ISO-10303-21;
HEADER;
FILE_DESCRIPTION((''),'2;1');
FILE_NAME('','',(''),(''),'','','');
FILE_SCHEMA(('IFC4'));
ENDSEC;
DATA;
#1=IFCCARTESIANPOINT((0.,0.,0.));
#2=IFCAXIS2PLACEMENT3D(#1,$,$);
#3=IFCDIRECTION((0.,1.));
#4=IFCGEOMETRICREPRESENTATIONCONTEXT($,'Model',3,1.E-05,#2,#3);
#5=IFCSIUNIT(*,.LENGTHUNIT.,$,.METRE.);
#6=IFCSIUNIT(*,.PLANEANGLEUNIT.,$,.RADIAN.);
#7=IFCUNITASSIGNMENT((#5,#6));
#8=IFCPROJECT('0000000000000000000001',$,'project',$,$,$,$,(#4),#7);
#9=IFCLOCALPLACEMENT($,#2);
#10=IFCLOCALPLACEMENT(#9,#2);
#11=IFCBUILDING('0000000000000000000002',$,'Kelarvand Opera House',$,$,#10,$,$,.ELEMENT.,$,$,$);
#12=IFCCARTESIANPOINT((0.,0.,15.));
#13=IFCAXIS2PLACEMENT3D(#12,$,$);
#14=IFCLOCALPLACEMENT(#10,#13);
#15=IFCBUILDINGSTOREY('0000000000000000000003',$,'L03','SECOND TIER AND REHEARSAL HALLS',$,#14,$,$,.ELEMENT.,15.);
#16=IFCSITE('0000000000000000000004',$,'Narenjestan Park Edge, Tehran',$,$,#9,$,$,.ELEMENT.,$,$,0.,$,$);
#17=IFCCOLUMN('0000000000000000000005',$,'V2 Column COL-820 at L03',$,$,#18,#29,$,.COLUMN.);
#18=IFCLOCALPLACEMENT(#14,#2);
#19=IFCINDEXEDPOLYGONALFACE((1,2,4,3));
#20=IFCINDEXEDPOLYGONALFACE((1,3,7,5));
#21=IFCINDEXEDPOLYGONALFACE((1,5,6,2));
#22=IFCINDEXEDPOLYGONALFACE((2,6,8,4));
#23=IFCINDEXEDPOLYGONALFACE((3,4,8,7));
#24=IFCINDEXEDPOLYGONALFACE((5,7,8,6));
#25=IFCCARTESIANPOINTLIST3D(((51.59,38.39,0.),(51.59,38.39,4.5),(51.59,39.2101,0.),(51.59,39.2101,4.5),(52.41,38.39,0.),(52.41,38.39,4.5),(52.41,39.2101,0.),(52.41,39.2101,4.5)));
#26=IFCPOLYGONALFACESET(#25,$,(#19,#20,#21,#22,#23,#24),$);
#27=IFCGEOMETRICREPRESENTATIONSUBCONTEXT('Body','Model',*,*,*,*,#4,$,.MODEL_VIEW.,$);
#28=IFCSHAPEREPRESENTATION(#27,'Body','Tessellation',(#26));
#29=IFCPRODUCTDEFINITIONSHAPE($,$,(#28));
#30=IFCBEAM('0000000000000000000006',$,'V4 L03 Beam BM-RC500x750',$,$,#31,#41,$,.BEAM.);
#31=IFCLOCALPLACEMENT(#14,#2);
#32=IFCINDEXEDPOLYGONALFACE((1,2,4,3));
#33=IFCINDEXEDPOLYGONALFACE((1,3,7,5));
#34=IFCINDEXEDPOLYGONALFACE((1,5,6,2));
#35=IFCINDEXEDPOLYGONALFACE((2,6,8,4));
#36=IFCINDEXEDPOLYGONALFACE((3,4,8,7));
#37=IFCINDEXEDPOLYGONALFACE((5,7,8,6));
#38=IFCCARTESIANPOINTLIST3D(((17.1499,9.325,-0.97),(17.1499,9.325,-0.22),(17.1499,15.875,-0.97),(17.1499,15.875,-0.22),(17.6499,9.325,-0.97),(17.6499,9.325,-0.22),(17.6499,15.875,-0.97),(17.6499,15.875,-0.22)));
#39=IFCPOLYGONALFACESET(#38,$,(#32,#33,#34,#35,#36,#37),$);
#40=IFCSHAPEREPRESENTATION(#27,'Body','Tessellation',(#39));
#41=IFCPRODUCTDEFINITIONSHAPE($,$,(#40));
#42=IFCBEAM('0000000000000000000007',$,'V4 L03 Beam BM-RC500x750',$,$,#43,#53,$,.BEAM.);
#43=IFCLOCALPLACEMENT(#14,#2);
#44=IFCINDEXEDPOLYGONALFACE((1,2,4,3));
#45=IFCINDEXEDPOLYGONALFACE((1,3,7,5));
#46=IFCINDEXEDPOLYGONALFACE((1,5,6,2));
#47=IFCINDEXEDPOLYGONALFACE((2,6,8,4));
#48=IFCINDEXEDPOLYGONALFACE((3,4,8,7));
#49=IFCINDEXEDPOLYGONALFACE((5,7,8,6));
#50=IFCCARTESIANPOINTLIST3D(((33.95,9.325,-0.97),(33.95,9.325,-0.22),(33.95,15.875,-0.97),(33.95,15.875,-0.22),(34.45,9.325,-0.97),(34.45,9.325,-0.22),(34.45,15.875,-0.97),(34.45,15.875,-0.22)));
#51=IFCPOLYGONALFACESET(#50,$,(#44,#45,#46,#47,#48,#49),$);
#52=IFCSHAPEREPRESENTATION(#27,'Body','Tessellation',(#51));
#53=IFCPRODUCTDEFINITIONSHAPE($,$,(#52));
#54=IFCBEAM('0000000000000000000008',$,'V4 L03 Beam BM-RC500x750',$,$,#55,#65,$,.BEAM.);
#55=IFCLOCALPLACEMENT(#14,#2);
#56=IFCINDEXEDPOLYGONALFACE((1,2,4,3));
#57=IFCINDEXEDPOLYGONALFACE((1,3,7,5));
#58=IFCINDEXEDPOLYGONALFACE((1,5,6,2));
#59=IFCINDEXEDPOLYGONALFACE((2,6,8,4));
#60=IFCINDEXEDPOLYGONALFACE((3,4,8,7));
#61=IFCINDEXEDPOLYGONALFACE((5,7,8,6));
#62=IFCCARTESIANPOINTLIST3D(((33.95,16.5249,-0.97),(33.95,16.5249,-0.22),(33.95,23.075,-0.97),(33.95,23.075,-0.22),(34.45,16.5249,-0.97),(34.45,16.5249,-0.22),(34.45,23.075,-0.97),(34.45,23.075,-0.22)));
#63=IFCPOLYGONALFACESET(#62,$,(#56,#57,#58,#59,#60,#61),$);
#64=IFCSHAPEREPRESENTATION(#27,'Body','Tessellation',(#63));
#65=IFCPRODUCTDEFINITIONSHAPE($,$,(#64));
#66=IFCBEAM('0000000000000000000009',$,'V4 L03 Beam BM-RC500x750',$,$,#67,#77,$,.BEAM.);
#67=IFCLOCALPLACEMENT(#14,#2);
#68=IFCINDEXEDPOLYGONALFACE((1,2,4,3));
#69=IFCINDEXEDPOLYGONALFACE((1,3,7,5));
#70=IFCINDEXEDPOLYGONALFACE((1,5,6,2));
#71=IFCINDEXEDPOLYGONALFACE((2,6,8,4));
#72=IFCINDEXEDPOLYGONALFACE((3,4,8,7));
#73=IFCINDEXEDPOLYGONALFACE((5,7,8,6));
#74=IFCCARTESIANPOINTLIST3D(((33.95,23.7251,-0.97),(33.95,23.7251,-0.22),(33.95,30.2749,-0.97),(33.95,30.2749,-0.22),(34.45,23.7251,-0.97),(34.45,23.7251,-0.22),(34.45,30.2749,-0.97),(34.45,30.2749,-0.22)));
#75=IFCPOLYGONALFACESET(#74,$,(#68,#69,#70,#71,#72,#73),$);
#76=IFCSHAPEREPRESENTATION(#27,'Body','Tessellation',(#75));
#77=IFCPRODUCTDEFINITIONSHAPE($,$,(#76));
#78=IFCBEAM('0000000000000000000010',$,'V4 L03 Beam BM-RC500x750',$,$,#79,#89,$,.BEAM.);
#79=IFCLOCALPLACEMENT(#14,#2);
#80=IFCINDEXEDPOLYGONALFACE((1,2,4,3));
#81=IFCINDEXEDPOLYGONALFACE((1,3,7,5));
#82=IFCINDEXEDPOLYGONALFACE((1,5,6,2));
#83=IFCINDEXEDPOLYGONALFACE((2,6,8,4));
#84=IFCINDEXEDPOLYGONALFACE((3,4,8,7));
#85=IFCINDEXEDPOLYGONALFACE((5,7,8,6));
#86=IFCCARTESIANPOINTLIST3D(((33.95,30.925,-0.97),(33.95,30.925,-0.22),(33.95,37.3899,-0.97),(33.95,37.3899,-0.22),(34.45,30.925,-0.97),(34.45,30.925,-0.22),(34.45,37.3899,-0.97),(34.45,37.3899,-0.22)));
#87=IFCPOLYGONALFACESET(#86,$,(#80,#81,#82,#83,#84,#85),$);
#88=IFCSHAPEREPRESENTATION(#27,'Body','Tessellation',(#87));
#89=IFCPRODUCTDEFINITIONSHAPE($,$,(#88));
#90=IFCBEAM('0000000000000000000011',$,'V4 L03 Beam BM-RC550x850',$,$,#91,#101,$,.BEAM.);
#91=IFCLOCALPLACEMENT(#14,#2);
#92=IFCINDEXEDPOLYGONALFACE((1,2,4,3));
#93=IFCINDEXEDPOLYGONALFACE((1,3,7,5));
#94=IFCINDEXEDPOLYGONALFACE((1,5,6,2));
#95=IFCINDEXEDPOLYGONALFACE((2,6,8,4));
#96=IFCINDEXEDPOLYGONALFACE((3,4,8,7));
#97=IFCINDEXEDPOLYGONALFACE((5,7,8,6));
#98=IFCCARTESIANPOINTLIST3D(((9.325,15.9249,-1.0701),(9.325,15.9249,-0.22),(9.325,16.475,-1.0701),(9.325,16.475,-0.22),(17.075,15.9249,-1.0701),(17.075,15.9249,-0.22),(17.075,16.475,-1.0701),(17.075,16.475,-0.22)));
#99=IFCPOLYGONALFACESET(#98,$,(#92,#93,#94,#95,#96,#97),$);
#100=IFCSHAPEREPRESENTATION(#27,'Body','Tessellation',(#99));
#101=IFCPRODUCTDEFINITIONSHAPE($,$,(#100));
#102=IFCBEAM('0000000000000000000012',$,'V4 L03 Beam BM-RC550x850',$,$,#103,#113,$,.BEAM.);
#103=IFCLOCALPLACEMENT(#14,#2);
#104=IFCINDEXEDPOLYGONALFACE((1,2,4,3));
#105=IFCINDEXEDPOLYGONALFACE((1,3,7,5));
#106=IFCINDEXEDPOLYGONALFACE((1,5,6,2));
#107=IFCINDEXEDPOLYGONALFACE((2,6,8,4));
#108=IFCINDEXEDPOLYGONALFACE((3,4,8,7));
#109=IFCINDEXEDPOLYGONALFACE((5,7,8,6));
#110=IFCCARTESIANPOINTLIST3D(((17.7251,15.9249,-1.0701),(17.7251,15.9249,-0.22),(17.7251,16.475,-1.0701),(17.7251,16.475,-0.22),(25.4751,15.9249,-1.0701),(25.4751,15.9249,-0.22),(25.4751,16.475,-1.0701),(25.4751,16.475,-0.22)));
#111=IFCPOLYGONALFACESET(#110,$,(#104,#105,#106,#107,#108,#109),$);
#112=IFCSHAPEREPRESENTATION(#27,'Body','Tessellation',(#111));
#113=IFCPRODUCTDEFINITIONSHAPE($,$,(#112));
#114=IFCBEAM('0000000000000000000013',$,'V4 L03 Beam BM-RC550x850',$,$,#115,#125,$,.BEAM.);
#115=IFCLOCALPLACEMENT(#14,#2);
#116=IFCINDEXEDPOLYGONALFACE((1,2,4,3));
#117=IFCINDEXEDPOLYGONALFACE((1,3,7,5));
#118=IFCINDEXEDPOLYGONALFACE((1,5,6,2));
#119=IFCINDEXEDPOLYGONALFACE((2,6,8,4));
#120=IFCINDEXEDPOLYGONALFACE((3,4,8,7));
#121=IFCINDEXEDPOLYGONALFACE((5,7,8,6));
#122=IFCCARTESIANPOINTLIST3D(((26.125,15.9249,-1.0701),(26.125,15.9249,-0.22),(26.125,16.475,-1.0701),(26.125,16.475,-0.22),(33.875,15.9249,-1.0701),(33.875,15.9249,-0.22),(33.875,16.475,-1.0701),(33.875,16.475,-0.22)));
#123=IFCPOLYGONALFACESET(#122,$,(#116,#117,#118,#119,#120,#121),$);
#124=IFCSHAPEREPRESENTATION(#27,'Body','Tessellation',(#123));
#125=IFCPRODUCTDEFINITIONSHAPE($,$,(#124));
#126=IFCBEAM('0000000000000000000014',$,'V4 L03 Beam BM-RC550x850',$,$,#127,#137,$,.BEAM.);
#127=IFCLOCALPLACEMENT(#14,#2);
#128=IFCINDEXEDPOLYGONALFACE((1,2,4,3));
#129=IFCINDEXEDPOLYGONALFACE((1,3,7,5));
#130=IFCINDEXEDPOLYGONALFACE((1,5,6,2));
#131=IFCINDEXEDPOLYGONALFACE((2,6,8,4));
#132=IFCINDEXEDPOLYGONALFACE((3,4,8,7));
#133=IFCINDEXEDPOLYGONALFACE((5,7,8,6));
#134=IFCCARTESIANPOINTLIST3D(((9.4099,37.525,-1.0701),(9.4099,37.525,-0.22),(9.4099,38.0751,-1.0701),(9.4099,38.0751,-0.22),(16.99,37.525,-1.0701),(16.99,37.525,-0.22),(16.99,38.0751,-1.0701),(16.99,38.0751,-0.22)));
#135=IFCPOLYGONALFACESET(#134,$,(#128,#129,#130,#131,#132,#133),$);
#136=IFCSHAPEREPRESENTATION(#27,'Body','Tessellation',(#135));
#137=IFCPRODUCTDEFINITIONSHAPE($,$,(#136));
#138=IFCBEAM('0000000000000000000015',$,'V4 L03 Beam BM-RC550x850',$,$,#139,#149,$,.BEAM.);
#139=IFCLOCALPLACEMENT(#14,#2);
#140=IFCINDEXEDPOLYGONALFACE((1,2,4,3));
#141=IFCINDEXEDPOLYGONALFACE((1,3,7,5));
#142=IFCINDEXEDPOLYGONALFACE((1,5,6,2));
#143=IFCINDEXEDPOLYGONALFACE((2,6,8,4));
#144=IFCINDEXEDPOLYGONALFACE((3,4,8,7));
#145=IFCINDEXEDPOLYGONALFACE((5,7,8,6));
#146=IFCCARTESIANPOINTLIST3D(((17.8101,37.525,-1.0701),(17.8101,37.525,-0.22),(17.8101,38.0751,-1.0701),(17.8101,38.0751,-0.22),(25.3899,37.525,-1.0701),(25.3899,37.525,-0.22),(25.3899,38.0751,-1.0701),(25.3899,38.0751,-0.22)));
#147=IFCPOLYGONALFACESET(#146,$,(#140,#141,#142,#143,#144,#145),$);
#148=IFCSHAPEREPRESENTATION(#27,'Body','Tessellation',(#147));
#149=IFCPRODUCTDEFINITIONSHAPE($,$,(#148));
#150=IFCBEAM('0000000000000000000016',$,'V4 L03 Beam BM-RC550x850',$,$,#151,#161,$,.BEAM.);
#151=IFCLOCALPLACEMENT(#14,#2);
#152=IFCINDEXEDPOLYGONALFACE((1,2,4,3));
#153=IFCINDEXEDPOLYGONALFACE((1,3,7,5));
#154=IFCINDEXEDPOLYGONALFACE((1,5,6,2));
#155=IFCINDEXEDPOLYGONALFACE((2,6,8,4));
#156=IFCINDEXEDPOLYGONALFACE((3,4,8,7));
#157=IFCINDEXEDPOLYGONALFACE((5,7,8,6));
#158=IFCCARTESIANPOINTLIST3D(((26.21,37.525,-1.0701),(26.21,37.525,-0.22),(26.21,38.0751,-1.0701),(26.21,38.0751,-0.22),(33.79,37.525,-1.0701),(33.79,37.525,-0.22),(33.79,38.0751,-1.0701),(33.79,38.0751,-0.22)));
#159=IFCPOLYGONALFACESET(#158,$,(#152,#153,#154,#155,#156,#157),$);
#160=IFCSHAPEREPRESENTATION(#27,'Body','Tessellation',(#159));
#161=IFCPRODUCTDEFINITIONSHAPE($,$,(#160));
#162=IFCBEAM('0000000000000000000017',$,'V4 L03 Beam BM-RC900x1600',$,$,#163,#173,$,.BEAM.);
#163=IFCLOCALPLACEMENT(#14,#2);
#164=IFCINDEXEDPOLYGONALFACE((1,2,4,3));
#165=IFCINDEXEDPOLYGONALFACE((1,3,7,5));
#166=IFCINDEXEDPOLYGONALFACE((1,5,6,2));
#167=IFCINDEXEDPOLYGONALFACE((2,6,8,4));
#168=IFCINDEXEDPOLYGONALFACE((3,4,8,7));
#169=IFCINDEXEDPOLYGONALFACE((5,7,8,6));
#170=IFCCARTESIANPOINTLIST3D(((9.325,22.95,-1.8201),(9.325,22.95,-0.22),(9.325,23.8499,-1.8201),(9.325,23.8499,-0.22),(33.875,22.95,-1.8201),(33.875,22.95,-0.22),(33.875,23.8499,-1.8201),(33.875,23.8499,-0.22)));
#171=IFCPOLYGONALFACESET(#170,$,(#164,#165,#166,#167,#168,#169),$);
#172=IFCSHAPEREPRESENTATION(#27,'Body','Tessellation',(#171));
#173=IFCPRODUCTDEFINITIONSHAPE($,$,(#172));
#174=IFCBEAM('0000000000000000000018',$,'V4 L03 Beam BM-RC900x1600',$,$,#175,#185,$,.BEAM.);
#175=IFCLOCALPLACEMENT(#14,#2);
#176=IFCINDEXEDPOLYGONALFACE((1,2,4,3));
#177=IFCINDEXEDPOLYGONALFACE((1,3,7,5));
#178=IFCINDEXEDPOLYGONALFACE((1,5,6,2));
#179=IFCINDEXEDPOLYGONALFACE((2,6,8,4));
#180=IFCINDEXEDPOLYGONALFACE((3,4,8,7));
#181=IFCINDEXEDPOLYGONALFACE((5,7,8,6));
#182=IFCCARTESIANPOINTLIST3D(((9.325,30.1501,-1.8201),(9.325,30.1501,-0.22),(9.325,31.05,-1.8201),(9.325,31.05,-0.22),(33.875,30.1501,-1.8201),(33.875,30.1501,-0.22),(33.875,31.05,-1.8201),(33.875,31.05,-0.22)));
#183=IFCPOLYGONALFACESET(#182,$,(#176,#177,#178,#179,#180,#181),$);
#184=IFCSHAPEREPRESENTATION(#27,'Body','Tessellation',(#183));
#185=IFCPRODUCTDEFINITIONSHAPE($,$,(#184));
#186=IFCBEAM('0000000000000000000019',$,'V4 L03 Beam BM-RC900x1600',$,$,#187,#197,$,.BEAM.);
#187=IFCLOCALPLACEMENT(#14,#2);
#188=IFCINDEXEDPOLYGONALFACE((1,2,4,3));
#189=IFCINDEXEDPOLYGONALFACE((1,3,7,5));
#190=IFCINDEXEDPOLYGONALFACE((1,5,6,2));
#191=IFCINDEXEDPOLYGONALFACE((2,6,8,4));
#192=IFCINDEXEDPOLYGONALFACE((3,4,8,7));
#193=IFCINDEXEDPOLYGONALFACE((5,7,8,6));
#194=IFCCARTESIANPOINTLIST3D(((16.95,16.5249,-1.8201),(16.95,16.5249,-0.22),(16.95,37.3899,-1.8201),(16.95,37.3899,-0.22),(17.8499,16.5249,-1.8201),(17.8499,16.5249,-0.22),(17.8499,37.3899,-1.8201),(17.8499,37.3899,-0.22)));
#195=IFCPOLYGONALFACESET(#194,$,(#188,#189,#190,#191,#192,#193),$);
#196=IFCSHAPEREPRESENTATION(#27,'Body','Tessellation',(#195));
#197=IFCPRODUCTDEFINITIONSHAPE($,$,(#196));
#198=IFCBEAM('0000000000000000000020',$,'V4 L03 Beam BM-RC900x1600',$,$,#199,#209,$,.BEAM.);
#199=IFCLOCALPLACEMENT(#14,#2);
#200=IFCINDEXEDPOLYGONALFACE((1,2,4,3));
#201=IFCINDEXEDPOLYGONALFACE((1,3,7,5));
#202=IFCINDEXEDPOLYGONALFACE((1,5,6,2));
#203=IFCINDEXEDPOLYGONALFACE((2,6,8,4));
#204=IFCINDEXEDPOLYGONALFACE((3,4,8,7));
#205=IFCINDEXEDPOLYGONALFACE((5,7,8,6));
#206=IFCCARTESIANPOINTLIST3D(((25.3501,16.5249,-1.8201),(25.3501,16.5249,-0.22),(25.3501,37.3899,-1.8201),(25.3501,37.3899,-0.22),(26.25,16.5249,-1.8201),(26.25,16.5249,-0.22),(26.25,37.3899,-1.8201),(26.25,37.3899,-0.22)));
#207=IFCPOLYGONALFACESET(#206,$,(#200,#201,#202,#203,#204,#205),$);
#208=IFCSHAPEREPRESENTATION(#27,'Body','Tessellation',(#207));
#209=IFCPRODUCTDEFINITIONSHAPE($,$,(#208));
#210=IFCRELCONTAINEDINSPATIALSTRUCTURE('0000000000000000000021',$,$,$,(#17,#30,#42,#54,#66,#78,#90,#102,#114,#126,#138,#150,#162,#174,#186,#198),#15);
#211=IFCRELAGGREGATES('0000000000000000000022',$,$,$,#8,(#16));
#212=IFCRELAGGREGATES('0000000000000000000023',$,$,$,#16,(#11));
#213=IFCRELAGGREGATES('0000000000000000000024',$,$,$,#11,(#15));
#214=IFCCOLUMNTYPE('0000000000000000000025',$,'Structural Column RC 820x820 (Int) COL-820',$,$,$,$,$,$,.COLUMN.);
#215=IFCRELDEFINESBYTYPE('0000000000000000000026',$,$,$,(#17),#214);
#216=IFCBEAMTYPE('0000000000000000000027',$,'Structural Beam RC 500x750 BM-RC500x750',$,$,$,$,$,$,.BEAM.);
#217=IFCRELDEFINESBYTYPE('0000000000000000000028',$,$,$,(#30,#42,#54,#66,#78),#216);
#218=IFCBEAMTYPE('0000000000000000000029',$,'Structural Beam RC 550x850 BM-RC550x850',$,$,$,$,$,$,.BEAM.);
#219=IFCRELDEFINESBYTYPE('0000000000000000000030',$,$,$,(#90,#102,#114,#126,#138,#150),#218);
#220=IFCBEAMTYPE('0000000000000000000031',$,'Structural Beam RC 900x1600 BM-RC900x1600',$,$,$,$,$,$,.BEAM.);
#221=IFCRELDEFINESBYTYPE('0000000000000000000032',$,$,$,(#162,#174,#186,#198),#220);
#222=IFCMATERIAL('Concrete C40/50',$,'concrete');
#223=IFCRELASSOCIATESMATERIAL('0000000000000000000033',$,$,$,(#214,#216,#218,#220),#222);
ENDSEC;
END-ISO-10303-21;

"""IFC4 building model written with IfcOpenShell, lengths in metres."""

from ifc_helpers import new_model, si_unit, direction, frame, origin, origin_2d, place, context, subcontext, project, spatial, rectangle, extrude, material, material_profile, profile_set, type_object, element, save


model = new_model("IFC4")

# Units and contexts
model_context = context("Model", 3, precision=1e-05, world=origin(), true_north=direction((0.0, 1.0)))
body_context = subcontext(model_context, "Body", "Model", "MODEL_VIEW")
ifc_project = project(units=[si_unit("LENGTHUNIT", "METRE"), si_unit("PLANEANGLEUNIT", "RADIAN")], contexts=[model_context])

# Site, building, storey
site_placement = place(None, origin())
site = spatial("IfcSite", under=ifc_project, at=site_placement, Name="Narenjestan Park Edge, Tehran", CompositionType="ELEMENT", RefElevation=0.0)
building_placement = place(site_placement, origin())
building = spatial("IfcBuilding", under=site, at=building_placement, Name="Kelarvand Opera House", CompositionType="ELEMENT")
storey_placement = place(building_placement, frame((0.0, 0.0, 15.0)))
storey = spatial("IfcBuildingStorey", under=building, at=storey_placement, Name="L03", Description="SECOND TIER AND REHEARSAL HALLS", CompositionType="ELEMENT", Elevation=15.0)

# Column
ifc_material_1 = material(Name="Concrete C40/50", Category="concrete")
ifc_material_profile_1 = material_profile(ifc_material_1, rectangle(XDim=0.8201, YDim=0.8201, at=origin_2d()), Name="RC 820x820", Category="concrete")
ifc_profile_set_1 = profile_set([ifc_material_profile_1], Name="Concrete C40/50")
column_type = type_object("IfcColumnType", Name="Structural Column RC 820x820 (Int) COL-820", PredefinedType="COLUMN", material=ifc_profile_set_1)
column_placement = place(storey_placement, frame((52.0, 38.8, 0.0), z_axis=(0.0, 0.0, 1.0), x_axis=(1.0, 0.0, 0.0)))
element("IfcColumn", 1, at=column_placement, inside=storey, type_object=column_type, Name="V2 Column COL-820 at L03", PredefinedType="COLUMN", context=body_context, shape_type="SweptSolid", body=[
    extrude(rectangle(XDim=0.8201, YDim=0.8201, at=origin_2d()), origin(), (0.0, 0.0, 1.0), 4.5),
])

# Beams
ifc_material_profile_2 = material_profile(ifc_material_1, rectangle(XDim=0.5, YDim=0.75, at=origin_2d()), Name="RC 500x750", Category="concrete")
ifc_profile_set_2 = profile_set([ifc_material_profile_2], Name="Concrete C40/50")
beam_type_1 = type_object("IfcBeamType", Name="Structural Beam RC 500x750 BM-RC500x750", PredefinedType="BEAM", material=ifc_profile_set_2)
for number, where, z_axis, x_axis, name in (
    (2, (17.3999, 9.325, -0.595), (0.0, 1.0, 0.0), (-1.0, 0.0, 0.0), "V4 L03 Beam BM-RC500x750"),
    (3, (34.2, 9.325, -0.595), (0.0, 1.0, 0.0), (-1.0, 0.0, 0.0), "V4 L03 Beam BM-RC500x750"),
    (4, (34.2, 16.5249, -0.595), (0.0, 1.0, 0.0), (-1.0, 0.0, 0.0), "V4 L03 Beam BM-RC500x750"),
):
    element("IfcBeam", number, at=place(storey_placement, frame(where, z_axis=z_axis, x_axis=x_axis)), inside=storey, type_object=beam_type_1, Name=name, PredefinedType="BEAM", context=body_context, shape_type="SweptSolid", body=[
        extrude(rectangle(XDim=0.5, YDim=0.75, at=origin_2d()), origin(), (0.0, 0.0, 1.0), 6.55),
    ])
beam_1_placement = place(storey_placement, frame((34.2, 23.7251, -0.595), z_axis=(0.0, 1.0, 0.0), x_axis=(-1.0, 0.0, 0.0)))
element("IfcBeam", 5, at=beam_1_placement, inside=storey, type_object=beam_type_1, Name="V4 L03 Beam BM-RC500x750", PredefinedType="BEAM", context=body_context, shape_type="SweptSolid", body=[
    extrude(rectangle(XDim=0.5, YDim=0.75, at=origin_2d()), origin(), (0.0, 0.0, 1.0), 6.5498),
])
beam_2_placement = place(storey_placement, frame((34.2, 30.925, -0.595), z_axis=(0.0, 1.0, 0.0), x_axis=(-1.0, 0.0, 0.0)))
element("IfcBeam", 6, at=beam_2_placement, inside=storey, type_object=beam_type_1, Name="V4 L03 Beam BM-RC500x750", PredefinedType="BEAM", context=body_context, shape_type="SweptSolid", body=[
    extrude(rectangle(XDim=0.5, YDim=0.75, at=origin_2d()), origin(), (0.0, 0.0, 1.0), 6.4648),
])
ifc_material_profile_3 = material_profile(ifc_material_1, rectangle(XDim=0.55, YDim=0.8501, at=origin_2d()), Name="RC 550x850", Category="concrete")
ifc_profile_set_3 = profile_set([ifc_material_profile_3], Name="Concrete C40/50")
beam_type_2 = type_object("IfcBeamType", Name="Structural Beam RC 550x850 BM-RC550x850", PredefinedType="BEAM", material=ifc_profile_set_3)
for number, where, z_axis, x_axis, name in (
    (7, (9.325, 16.2, -0.645), (1.0, 0.0, 0.0), (0.0, 1.0, 0.0), "V4 L03 Beam BM-RC550x850"),
    (8, (17.7251, 16.2, -0.645), (1.0, 0.0, 0.0), (0.0, 1.0, 0.0), "V4 L03 Beam BM-RC550x850"),
    (9, (26.125, 16.2, -0.645), (1.0, 0.0, 0.0), (0.0, 1.0, 0.0), "V4 L03 Beam BM-RC550x850"),
):
    element("IfcBeam", number, at=place(storey_placement, frame(where, z_axis=z_axis, x_axis=x_axis)), inside=storey, type_object=beam_type_2, Name=name, PredefinedType="BEAM", context=body_context, shape_type="SweptSolid", body=[
        extrude(rectangle(XDim=0.55, YDim=0.8501, at=origin_2d()), origin(), (0.0, 0.0, 1.0), 7.75),
    ])
beam_3_placement = place(storey_placement, frame((9.4099, 37.8, -0.645), z_axis=(1.0, 0.0, 0.0), x_axis=(0.0, 1.0, 0.0)))
element("IfcBeam", 10, at=beam_3_placement, inside=storey, type_object=beam_type_2, Name="V4 L03 Beam BM-RC550x850", PredefinedType="BEAM", context=body_context, shape_type="SweptSolid", body=[
    extrude(rectangle(XDim=0.55, YDim=0.8501, at=origin_2d()), origin(), (0.0, 0.0, 1.0), 7.5801),
])
beam_4_placement = place(storey_placement, frame((17.8101, 37.8, -0.645), z_axis=(1.0, 0.0, 0.0), x_axis=(0.0, 1.0, 0.0)))
element("IfcBeam", 11, at=beam_4_placement, inside=storey, type_object=beam_type_2, Name="V4 L03 Beam BM-RC550x850", PredefinedType="BEAM", context=body_context, shape_type="SweptSolid", body=[
    extrude(rectangle(XDim=0.55, YDim=0.8501, at=origin_2d()), origin(), (0.0, 0.0, 1.0), 7.5798),
])
beam_5_placement = place(storey_placement, frame((26.21, 37.8, -0.645), z_axis=(1.0, 0.0, 0.0), x_axis=(0.0, 1.0, 0.0)))
element("IfcBeam", 12, at=beam_5_placement, inside=storey, type_object=beam_type_2, Name="V4 L03 Beam BM-RC550x850", PredefinedType="BEAM", context=body_context, shape_type="SweptSolid", body=[
    extrude(rectangle(XDim=0.55, YDim=0.8501, at=origin_2d()), origin(), (0.0, 0.0, 1.0), 7.5801),
])
ifc_material_profile_4 = material_profile(ifc_material_1, rectangle(XDim=0.8999, YDim=1.6001, at=origin_2d()), Name="RC 900x1600", Category="concrete")
ifc_profile_set_4 = profile_set([ifc_material_profile_4], Name="Concrete C40/50")
beam_type_3 = type_object("IfcBeamType", Name="Structural Beam RC 900x1600 BM-RC900x1600", PredefinedType="BEAM", material=ifc_profile_set_4)
for number, where, z_axis, x_axis, name in (
    (13, (9.325, 23.3999, -1.02), (1.0, 0.0, 0.0), (0.0, 1.0, 0.0), "V4 L03 Beam BM-RC900x1600"),
    (14, (9.325, 30.6001, -1.02), (1.0, 0.0, 0.0), (0.0, 1.0, 0.0), "V4 L03 Beam BM-RC900x1600"),
):
    element("IfcBeam", number, at=place(storey_placement, frame(where, z_axis=z_axis, x_axis=x_axis)), inside=storey, type_object=beam_type_3, Name=name, PredefinedType="BEAM", context=body_context, shape_type="SweptSolid", body=[
        extrude(rectangle(XDim=0.8999, YDim=1.6001, at=origin_2d()), origin(), (0.0, 0.0, 1.0), 24.55),
    ])
for number, where, z_axis, x_axis, name in (
    (15, (17.3999, 16.5249, -1.02), (0.0, 1.0, 0.0), (-1.0, 0.0, 0.0), "V4 L03 Beam BM-RC900x1600"),
    (16, (25.8, 16.5249, -1.02), (0.0, 1.0, 0.0), (-1.0, 0.0, 0.0), "V4 L03 Beam BM-RC900x1600"),
):
    element("IfcBeam", number, at=place(storey_placement, frame(where, z_axis=z_axis, x_axis=x_axis)), inside=storey, type_object=beam_type_3, Name=name, PredefinedType="BEAM", context=body_context, shape_type="SweptSolid", body=[
        extrude(rectangle(XDim=0.8999, YDim=1.6001, at=origin_2d()), origin(), (0.0, 0.0, 1.0), 20.865),
    ])

save(model, "model.ifc")
